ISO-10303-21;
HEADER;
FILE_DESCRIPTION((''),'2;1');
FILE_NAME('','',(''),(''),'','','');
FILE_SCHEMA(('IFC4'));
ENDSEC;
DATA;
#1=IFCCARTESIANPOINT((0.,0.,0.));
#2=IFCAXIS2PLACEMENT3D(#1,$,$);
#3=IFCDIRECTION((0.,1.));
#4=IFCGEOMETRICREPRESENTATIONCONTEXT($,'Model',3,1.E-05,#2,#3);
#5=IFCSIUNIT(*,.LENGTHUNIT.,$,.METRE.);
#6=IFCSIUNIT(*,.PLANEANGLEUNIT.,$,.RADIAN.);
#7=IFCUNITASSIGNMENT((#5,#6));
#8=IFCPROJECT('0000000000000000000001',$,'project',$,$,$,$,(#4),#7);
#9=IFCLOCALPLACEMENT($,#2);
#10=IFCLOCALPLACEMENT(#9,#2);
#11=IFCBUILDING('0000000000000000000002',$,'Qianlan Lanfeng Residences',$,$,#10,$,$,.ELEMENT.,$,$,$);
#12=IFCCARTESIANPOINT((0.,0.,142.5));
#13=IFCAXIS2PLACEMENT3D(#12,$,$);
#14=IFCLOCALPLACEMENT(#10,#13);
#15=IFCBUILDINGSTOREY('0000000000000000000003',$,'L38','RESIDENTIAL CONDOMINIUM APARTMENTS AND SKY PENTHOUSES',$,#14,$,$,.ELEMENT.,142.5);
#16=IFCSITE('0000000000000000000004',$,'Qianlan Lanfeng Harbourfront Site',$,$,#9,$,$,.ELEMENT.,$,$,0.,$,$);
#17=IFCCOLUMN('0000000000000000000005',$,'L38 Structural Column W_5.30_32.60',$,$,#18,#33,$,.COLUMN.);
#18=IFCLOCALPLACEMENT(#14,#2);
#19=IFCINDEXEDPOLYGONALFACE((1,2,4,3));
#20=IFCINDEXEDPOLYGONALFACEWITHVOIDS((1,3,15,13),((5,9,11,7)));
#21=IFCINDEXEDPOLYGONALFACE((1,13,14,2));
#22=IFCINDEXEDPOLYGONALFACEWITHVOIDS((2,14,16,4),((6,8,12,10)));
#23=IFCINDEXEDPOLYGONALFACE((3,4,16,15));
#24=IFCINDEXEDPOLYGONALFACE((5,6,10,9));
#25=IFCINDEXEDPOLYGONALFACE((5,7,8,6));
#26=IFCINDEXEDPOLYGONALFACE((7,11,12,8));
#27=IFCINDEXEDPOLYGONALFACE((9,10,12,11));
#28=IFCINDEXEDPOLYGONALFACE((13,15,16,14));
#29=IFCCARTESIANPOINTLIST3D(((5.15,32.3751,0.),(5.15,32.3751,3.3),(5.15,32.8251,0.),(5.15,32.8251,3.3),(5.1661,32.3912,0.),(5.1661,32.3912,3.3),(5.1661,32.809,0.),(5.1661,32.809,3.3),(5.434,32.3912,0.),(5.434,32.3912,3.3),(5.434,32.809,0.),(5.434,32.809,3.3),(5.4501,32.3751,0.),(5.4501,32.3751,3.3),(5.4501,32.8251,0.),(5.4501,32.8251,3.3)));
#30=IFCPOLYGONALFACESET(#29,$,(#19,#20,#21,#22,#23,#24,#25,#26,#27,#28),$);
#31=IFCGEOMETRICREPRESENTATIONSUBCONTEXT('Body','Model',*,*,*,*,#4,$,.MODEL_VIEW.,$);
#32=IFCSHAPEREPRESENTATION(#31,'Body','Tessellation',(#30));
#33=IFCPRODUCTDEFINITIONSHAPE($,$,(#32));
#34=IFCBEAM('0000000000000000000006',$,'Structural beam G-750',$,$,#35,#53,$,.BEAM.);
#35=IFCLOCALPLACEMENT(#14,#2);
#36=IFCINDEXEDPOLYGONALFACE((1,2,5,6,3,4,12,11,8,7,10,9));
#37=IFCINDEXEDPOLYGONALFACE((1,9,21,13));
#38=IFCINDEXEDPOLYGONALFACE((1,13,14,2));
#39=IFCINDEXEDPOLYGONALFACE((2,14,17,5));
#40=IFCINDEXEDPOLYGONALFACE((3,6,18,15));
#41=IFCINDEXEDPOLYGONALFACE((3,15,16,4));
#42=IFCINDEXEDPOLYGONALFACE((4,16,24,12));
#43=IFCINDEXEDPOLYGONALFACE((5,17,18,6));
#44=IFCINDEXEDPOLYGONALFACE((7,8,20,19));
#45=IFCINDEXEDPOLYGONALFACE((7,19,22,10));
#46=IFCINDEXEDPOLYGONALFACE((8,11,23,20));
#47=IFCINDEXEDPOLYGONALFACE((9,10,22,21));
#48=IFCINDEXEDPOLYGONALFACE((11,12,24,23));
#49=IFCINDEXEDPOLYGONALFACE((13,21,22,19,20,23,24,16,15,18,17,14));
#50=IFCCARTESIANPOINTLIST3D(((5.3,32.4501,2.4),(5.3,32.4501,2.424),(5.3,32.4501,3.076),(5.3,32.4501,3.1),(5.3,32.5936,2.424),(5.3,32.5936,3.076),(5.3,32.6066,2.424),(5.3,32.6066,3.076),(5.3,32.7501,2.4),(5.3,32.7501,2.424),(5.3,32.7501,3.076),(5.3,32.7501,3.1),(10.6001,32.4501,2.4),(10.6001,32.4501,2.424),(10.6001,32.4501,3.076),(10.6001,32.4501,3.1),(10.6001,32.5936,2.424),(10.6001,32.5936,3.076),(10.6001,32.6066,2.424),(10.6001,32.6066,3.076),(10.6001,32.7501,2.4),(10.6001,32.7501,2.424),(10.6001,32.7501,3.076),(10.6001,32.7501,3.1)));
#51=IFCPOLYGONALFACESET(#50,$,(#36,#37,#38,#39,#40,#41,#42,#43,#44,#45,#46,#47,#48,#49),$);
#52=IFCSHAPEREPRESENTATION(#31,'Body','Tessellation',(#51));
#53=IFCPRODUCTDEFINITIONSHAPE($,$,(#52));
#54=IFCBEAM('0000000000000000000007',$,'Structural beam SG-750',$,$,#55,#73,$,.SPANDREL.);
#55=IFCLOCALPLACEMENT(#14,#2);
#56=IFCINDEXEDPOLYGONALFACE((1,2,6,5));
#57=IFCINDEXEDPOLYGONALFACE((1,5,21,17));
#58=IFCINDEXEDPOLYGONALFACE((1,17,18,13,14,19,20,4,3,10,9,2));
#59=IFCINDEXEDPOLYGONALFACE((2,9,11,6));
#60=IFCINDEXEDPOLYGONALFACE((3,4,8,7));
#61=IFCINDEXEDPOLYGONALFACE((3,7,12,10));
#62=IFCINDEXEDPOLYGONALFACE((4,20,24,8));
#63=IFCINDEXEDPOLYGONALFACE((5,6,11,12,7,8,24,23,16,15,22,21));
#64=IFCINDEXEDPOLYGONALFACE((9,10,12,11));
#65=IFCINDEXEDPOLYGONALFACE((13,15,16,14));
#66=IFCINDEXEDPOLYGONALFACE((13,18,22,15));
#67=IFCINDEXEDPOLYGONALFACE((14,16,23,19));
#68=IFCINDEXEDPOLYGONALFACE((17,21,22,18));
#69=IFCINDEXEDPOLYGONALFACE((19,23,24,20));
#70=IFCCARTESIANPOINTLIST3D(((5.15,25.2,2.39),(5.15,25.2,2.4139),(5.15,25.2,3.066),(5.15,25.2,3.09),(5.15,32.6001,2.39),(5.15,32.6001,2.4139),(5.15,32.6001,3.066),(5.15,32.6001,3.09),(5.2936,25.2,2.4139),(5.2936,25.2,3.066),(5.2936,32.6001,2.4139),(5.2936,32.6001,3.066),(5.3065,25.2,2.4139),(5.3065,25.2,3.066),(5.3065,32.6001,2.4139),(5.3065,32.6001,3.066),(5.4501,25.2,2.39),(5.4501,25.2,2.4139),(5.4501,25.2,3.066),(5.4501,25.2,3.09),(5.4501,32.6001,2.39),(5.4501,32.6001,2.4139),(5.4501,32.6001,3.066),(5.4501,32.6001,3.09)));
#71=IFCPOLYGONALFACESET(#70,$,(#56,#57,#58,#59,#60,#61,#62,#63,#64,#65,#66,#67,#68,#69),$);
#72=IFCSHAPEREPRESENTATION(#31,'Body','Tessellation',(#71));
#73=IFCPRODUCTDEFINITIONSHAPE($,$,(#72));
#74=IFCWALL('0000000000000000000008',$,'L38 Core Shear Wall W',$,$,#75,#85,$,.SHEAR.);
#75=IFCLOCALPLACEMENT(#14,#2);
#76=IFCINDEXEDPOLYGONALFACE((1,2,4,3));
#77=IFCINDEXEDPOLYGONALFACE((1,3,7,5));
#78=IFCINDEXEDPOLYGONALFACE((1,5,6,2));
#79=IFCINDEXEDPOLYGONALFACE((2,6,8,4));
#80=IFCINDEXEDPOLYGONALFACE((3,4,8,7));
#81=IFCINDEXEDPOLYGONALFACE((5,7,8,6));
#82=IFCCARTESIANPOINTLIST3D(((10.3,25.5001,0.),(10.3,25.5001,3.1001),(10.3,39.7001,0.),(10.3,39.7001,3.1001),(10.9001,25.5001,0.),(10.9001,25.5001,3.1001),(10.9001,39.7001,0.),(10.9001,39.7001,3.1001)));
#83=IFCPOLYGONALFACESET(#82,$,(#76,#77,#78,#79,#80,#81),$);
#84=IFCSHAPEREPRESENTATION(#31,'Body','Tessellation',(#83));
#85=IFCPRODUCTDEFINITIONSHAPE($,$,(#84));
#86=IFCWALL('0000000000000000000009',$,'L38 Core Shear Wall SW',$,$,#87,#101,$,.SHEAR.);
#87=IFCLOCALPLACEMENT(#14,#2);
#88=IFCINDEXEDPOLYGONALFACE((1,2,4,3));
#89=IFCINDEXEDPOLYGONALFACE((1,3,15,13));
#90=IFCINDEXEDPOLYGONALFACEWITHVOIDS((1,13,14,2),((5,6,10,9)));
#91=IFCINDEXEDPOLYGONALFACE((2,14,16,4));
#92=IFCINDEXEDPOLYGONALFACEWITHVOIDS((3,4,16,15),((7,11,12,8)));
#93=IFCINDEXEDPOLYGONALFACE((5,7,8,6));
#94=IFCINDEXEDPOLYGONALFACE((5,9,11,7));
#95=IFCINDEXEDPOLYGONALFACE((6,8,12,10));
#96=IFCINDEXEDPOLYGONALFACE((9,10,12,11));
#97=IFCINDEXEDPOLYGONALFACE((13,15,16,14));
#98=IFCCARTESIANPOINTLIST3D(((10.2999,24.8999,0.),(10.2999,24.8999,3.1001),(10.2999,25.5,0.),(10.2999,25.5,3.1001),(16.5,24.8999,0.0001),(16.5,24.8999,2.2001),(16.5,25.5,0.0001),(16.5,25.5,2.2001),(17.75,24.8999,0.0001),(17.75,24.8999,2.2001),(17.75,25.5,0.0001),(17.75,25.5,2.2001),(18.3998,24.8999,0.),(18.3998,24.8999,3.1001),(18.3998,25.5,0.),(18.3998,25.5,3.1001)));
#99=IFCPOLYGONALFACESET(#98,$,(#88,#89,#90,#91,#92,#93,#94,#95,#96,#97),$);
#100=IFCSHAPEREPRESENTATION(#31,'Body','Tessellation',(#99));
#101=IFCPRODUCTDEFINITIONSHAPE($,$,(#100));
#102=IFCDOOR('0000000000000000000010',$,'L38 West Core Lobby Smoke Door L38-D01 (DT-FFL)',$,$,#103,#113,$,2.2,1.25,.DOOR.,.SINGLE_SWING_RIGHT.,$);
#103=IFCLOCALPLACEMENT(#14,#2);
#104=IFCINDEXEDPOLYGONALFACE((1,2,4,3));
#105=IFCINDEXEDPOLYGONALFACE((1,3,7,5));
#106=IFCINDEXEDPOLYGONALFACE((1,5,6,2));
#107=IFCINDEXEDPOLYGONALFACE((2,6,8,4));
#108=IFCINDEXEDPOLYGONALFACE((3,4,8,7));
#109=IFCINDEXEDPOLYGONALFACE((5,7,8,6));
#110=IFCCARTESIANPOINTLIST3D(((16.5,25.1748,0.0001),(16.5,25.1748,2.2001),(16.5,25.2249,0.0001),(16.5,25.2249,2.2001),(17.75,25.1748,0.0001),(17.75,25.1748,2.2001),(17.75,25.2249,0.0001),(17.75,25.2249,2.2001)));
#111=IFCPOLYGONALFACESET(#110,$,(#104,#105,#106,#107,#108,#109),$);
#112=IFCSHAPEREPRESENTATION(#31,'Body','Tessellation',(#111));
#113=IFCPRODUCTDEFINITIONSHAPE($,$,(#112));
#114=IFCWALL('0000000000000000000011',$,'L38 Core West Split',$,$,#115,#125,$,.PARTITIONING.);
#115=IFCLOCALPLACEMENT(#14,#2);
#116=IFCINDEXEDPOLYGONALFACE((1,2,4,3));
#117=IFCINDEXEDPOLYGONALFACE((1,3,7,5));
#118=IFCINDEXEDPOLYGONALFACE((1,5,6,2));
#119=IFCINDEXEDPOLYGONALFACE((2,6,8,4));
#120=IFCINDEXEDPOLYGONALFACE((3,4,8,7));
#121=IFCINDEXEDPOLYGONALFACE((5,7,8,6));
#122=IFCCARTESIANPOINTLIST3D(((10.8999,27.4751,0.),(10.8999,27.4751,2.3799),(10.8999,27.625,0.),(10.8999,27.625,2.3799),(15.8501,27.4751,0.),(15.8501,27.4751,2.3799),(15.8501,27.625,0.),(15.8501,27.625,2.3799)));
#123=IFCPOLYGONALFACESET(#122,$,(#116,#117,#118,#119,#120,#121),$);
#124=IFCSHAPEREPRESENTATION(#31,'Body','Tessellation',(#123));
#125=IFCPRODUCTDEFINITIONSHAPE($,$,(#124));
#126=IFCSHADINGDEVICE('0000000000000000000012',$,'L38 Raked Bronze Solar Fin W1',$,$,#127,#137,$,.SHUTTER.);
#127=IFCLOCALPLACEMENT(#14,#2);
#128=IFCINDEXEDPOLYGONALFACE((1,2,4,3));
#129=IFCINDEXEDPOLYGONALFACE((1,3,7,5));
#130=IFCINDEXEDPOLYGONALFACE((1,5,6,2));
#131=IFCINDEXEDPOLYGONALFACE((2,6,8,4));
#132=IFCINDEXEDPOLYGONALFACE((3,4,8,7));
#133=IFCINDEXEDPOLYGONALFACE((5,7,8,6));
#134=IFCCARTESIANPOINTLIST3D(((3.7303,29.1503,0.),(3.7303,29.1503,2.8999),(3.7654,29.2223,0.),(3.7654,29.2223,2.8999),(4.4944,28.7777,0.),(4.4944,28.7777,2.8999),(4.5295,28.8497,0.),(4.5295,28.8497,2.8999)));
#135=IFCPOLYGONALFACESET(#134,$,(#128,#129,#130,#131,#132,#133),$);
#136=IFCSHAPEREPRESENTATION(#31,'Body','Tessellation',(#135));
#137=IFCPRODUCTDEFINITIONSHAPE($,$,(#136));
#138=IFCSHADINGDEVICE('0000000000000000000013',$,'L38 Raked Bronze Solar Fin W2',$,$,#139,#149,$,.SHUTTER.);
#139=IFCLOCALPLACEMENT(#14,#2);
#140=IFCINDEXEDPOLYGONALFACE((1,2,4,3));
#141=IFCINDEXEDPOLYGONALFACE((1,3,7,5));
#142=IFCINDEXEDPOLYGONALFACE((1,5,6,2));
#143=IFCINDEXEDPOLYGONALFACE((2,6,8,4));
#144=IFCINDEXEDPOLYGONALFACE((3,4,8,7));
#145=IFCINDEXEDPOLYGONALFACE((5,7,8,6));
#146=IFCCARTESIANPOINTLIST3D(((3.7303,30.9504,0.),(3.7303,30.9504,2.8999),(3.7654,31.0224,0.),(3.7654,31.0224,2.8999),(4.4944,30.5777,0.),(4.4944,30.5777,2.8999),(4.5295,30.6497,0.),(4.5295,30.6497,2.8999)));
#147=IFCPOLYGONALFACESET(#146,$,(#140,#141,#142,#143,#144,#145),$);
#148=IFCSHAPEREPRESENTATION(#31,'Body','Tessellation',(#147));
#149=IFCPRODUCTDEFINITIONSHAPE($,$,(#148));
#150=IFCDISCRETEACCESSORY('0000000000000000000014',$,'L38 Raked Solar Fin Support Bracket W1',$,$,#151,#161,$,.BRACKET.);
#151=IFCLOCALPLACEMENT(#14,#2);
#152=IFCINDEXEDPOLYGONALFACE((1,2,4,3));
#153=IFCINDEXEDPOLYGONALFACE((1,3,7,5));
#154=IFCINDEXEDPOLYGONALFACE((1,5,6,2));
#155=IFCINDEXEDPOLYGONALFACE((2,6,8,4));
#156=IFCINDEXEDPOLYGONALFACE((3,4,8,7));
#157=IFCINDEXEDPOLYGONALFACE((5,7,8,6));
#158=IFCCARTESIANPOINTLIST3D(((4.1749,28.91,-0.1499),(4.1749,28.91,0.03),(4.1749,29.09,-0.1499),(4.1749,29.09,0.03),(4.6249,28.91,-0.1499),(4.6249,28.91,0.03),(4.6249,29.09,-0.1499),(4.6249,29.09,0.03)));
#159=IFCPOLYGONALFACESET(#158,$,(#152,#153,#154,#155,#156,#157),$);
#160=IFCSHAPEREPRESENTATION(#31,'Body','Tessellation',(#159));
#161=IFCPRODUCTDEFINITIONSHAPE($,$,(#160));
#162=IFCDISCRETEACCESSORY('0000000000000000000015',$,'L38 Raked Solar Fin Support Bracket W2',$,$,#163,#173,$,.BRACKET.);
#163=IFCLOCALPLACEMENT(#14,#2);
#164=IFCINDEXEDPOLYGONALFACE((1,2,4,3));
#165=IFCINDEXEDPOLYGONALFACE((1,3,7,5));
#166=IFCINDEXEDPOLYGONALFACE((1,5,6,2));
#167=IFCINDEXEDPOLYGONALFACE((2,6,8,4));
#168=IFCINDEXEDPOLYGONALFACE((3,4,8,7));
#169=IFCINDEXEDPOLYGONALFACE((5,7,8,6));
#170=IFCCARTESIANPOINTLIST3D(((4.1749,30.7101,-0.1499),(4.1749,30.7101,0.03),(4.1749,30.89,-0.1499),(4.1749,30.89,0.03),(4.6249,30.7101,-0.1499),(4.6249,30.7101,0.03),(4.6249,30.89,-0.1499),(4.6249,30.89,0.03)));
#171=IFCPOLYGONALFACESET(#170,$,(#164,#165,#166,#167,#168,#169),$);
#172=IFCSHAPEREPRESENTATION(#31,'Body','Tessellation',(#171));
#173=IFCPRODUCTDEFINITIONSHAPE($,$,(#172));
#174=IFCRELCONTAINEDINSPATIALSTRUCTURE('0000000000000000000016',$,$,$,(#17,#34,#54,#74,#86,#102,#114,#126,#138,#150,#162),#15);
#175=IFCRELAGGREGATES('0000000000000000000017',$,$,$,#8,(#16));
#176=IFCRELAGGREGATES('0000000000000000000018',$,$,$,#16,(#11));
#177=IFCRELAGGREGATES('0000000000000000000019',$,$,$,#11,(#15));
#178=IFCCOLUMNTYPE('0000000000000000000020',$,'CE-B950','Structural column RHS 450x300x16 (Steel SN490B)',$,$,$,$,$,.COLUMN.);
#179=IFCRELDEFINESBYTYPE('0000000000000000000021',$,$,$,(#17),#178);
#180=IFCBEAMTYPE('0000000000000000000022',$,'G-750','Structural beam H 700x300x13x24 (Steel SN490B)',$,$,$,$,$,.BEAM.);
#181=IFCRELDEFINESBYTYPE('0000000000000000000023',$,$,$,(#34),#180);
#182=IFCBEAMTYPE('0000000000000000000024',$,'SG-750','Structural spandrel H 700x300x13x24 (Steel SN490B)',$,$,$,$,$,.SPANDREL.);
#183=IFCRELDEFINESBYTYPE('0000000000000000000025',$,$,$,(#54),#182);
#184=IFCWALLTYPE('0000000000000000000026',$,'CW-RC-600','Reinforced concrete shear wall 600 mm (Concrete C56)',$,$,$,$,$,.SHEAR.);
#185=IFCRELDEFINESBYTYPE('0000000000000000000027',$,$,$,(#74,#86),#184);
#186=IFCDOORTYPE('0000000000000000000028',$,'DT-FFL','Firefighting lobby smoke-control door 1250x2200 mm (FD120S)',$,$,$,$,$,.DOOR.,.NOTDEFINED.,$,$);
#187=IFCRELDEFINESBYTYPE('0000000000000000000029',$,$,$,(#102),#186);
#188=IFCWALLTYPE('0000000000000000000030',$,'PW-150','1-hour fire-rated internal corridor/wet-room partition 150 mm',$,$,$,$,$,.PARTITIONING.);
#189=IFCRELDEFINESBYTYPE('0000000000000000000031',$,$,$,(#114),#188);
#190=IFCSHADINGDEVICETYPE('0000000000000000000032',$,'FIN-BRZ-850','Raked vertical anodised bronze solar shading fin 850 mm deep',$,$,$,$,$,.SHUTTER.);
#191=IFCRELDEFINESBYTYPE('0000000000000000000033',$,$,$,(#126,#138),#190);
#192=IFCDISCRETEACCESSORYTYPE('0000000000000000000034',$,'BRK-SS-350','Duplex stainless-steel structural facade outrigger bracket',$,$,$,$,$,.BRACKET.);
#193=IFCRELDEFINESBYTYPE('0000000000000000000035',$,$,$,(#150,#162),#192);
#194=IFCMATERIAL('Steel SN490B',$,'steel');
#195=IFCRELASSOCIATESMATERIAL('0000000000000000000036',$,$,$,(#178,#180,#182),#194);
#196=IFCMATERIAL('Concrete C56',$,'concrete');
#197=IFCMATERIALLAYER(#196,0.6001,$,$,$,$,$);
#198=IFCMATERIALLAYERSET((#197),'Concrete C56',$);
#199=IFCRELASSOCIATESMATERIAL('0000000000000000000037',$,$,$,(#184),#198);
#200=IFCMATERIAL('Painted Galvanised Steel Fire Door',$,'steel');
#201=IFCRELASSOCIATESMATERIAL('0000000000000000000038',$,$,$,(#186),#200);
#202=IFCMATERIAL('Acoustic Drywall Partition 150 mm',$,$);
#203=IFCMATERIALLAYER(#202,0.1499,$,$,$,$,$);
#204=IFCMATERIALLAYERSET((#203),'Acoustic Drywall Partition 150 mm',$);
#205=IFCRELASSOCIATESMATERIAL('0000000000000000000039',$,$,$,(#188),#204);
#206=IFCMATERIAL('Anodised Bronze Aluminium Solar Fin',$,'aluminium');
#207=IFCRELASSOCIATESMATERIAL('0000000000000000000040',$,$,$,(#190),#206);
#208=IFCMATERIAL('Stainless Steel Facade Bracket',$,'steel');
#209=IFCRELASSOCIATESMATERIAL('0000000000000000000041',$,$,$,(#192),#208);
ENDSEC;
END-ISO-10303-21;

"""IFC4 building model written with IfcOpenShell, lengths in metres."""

from ifc_helpers import new_model, si_unit, direction, frame, frame_2d, origin, origin_2d, place, context, subcontext, project, spatial, rectangle, hollow_rectangle, i_section, extrude, source, transform, mapped, material, layer, layer_set, material_profile, profile_set, type_object, element, fill, save


model = new_model("IFC4")

# Units and contexts
model_context = context("Model", 3, precision=1e-05, world=origin(), true_north=direction((0.0, 1.0)))
body_context = subcontext(model_context, "Body", "Model", "MODEL_VIEW")
ifc_project = project(units=[si_unit("LENGTHUNIT", "METRE"), si_unit("PLANEANGLEUNIT", "RADIAN")], contexts=[model_context])

# Site, building, storey
site_placement = place(None, origin())
site = spatial("IfcSite", under=ifc_project, at=site_placement, Name="Qianlan Lanfeng Harbourfront Site", CompositionType="ELEMENT", RefElevation=0.0)
building_placement = place(site_placement, origin())
building = spatial("IfcBuilding", under=site, at=building_placement, Name="Qianlan Lanfeng Residences", CompositionType="ELEMENT")
storey_placement = place(building_placement, frame((0.0, 0.0, 142.5)))
storey = spatial("IfcBuildingStorey", under=building, at=storey_placement, Name="L38", Description="RESIDENTIAL CONDOMINIUM APARTMENTS AND SKY PENTHOUSES", CompositionType="ELEMENT", Elevation=142.5)

# Column
ifc_material_1 = material(Name="Steel SN490B", Category="steel")
ifc_material_profile_1 = material_profile(ifc_material_1, hollow_rectangle(XDim=0.3, YDim=0.45, WallThickness=0.0161, at=origin_2d()), Name="RHS 450x300x16")
ifc_profile_set_1 = profile_set([ifc_material_profile_1], Name="Steel SN490B")
column_type = type_object("IfcColumnType", Name="CE-B950", Description="Structural column RHS 450x300x16 (Steel SN490B)", PredefinedType="COLUMN", material=ifc_profile_set_1)
column_placement = place(storey_placement, frame((5.3, 32.6001, 0.0), z_axis=(0.0, 0.0, 1.0), x_axis=(1.0, 0.0, 0.0)))
element("IfcColumn", 1, at=column_placement, inside=storey, type_object=column_type, Name="L38 Structural Column W_5.30_32.60", PredefinedType="COLUMN", context=body_context, shape_type="SweptSolid", body=[
    extrude(hollow_rectangle(XDim=0.3, YDim=0.45, WallThickness=0.0161, at=origin_2d()), origin(), (0.0, 0.0, 1.0), 3.3),
])

# Beams
ifc_material_profile_2 = material_profile(ifc_material_1, i_section(OverallWidth=0.3, OverallDepth=0.7, WebThickness=0.0129, FlangeThickness=0.0239, at=origin_2d()), Name="H 700x300x13x24")
ifc_profile_set_2 = profile_set([ifc_material_profile_2], Name="Steel SN490B")
beam_type_1 = type_object("IfcBeamType", Name="G-750", Description="Structural beam H 700x300x13x24 (Steel SN490B)", PredefinedType="BEAM", material=ifc_profile_set_2)
beam_1_placement = place(storey_placement, frame((5.3, 32.6001, 2.75), z_axis=(1.0, 0.0, 0.0), x_axis=(0.0, 1.0, 0.0)))
element("IfcBeam", 2, at=beam_1_placement, inside=storey, type_object=beam_type_1, Name="Structural beam G-750", PredefinedType="BEAM", context=body_context, shape_type="SweptSolid", body=[
    extrude(i_section(OverallWidth=0.3, OverallDepth=0.7, WebThickness=0.0129, FlangeThickness=0.0239, at=origin_2d()), origin(), (0.0, 0.0, 1.0), 5.3),
])
ifc_material_profile_3 = material_profile(ifc_material_1, i_section(OverallWidth=0.3, OverallDepth=0.7, WebThickness=0.0129, FlangeThickness=0.0239, at=origin_2d()), Name="H 700x300x13x24")
ifc_profile_set_3 = profile_set([ifc_material_profile_3], Name="Steel SN490B")
beam_type_2 = type_object("IfcBeamType", Name="SG-750", Description="Structural spandrel H 700x300x13x24 (Steel SN490B)", PredefinedType="SPANDREL", material=ifc_profile_set_3)
beam_2_placement = place(storey_placement, frame((5.3, 25.2, 2.74), z_axis=(0.0, 1.0, 0.0), x_axis=(-1.0, 0.0, 0.0)))
element("IfcBeam", 3, at=beam_2_placement, inside=storey, type_object=beam_type_2, Name="Structural beam SG-750", PredefinedType="SPANDREL", context=body_context, shape_type="SweptSolid", body=[
    extrude(i_section(OverallWidth=0.3, OverallDepth=0.7, WebThickness=0.0129, FlangeThickness=0.0239, at=origin_2d()), origin(), (0.0, 0.0, 1.0), 7.4001),
])

# Wall
ifc_material_2 = material(Name="Concrete C56", Category="concrete")
ifc_layer_1 = layer(ifc_material_2, 0.6001)
ifc_layer_set_1 = layer_set([ifc_layer_1], Name="Concrete C56")
wall_type_1 = type_object("IfcWallType", Name="CW-RC-600", Description="Reinforced concrete shear wall 600 mm (Concrete C56)", PredefinedType="SHEAR", material=ifc_layer_set_1)
wall_1_placement = place(storey_placement, frame((10.6001, 25.5, 0.0), z_axis=(0.0, 0.0, 1.0), x_axis=(0.0, 1.0, 0.0)))
element("IfcWall", 4, at=wall_1_placement, inside=storey, type_object=wall_type_1, Name="L38 Core Shear Wall W", PredefinedType="SHEAR", context=body_context, shape_type="SweptSolid", body=[
    extrude(rectangle(XDim=14.2, YDim=0.6001, at=frame_2d((7.1001, 0.0))), origin(), (0.0, 0.0, 1.0), 3.1001),
])

# Wall, opening, door
wall_2_placement = place(storey_placement, frame((10.3, 25.2, 0.0), z_axis=(0.0, 0.0, 1.0), x_axis=(1.0, 0.0, 0.0)))
wall_2 = element("IfcWall", 5, at=wall_2_placement, inside=storey, type_object=wall_type_1, Name="L38 Core Shear Wall SW", PredefinedType="SHEAR", context=body_context, shape_type="SweptSolid", body=[
    extrude(rectangle(XDim=8.0999, YDim=0.6001, at=frame_2d((4.0498, 0.0))), origin(), (0.0, 0.0, 1.0), 3.1001),
])
opening_placement = place(wall_2_placement, frame((6.2, 0.0, 0.0)))
opening = element("IfcOpeningElement", 6, at=opening_placement, cuts=wall_2, PredefinedType="OPENING", context=body_context, shape_type="SweptSolid", body=[
    extrude(rectangle(XDim=1.25, YDim=2.2, at=frame_2d((0.625, 1.1001))), frame((0.0, 0.3101, 0.0), z_axis=(0.0, -1.0, 0.0), x_axis=(1.0, 0.0, 0.0)), (0.0, 0.0, 1.0), 0.6201),
])
ifc_material_3 = material(Name="Painted Galvanised Steel Fire Door", Category="steel")
door_type = type_object("IfcDoorType", Name="DT-FFL", Description="Firefighting lobby smoke-control door 1250x2200 mm (FD120S)", OperationType="NOTDEFINED", PredefinedType="DOOR", material=ifc_material_3)
door_placement = place(opening_placement, origin())
door = element("IfcDoor", 7, at=door_placement, inside=storey, type_object=door_type, Name="L38 West Core Lobby Smoke Door L38-D01 (DT-FFL)", OperationType="SINGLE_SWING_RIGHT", OverallHeight=2.2, OverallWidth=1.25, PredefinedType="DOOR", context=body_context, shape_type="SweptSolid", body=[
    extrude(rectangle(XDim=1.25, YDim=2.2, at=frame_2d((0.625, 1.1001))), frame((0.0, 0.0249, 0.0), z_axis=(0.0, -1.0, 0.0), x_axis=(1.0, 0.0, 0.0)), (0.0, 0.0, 1.0), 0.05),
])
fill(opening, door)

# Wall
ifc_material_4 = material(Name="Acoustic Drywall Partition 150 mm")
ifc_layer_2 = layer(ifc_material_4, 0.1499)
ifc_layer_set_2 = layer_set([ifc_layer_2], Name="Acoustic Drywall Partition 150 mm")
wall_type_2 = type_object("IfcWallType", Name="PW-150", Description="1-hour fire-rated internal corridor/wet-room partition 150 mm", PredefinedType="PARTITIONING", material=ifc_layer_set_2)
wall_3_placement = place(storey_placement, frame((10.8999, 27.55, 0.0), z_axis=(0.0, 0.0, 1.0), x_axis=(1.0, 0.0, 0.0)))
element("IfcWall", 8, at=wall_3_placement, inside=storey, type_object=wall_type_2, Name="L38 Core West Split", PredefinedType="PARTITIONING", context=body_context, shape_type="SweptSolid", body=[
    extrude(rectangle(XDim=4.9502, YDim=0.1499, at=frame_2d((2.4751, 0.0))), origin(), (0.0, 0.0, 1.0), 2.3799),
])

# Shading devices
ifc_material_5 = material(Name="Anodised Bronze Aluminium Solar Fin", Category="aluminium")
shading_device_type = type_object("IfcShadingDeviceType", Name="FIN-BRZ-850", Description="Raked vertical anodised bronze solar shading fin 850 mm deep", PredefinedType="SHUTTER", material=ifc_material_5)
shared_shape_1 = source(origin(), body_context, "Body", "SweptSolid", [
    extrude(rectangle(XDim=0.8501, YDim=0.0801, at=origin_2d()), origin(), (0.0, 0.0, 1.0), 2.8999),
])
for number, where, z_axis, x_axis, name in (
    (9, (4.1299, 29.0, 0.0), (0.0, 0.0, 1.0), (0.898794, -0.438371, 0.0), "L38 Raked Bronze Solar Fin W1"),
    (10, (4.1299, 30.8, 0.0), (0.0, 0.0, 1.0), (0.898794, -0.438371, 0.0), "L38 Raked Bronze Solar Fin W2"),
):
    element("IfcShadingDevice", number, at=place(storey_placement, frame(where, z_axis=z_axis, x_axis=x_axis)), inside=storey, type_object=shading_device_type, Name=name, PredefinedType="SHUTTER", context=body_context, shape_type="MappedRepresentation", body=[
        mapped(shared_shape_1, transform((0.0, 0.0, 0.0), scale=1.0)),
    ])

# Discrete accessories
ifc_material_6 = material(Name="Stainless Steel Facade Bracket", Category="steel")
discrete_accessory_type = type_object("IfcDiscreteAccessoryType", Name="BRK-SS-350", Description="Duplex stainless-steel structural facade outrigger bracket", PredefinedType="BRACKET", material=ifc_material_6)
shared_shape_2 = source(origin(), body_context, "Body", "SweptSolid", [
    extrude(rectangle(XDim=0.45, YDim=0.1799, at=origin_2d()), origin(), (0.0, 0.0, 1.0), 0.1799),
])
for number, where, z_axis, x_axis, name in (
    (11, (4.3999, 29.0, -0.1499), (0.0, 0.0, 1.0), (1.0, 0.0, 0.0), "L38 Raked Solar Fin Support Bracket W1"),
    (12, (4.3999, 30.8, -0.1499), (0.0, 0.0, 1.0), (1.0, 0.0, 0.0), "L38 Raked Solar Fin Support Bracket W2"),
):
    element("IfcDiscreteAccessory", number, at=place(storey_placement, frame(where, z_axis=z_axis, x_axis=x_axis)), inside=storey, type_object=discrete_accessory_type, Name=name, PredefinedType="BRACKET", context=body_context, shape_type="MappedRepresentation", body=[
        mapped(shared_shape_2, transform((0.0, 0.0, 0.0), scale=1.0)),
    ])

save(model, "model.ifc")
